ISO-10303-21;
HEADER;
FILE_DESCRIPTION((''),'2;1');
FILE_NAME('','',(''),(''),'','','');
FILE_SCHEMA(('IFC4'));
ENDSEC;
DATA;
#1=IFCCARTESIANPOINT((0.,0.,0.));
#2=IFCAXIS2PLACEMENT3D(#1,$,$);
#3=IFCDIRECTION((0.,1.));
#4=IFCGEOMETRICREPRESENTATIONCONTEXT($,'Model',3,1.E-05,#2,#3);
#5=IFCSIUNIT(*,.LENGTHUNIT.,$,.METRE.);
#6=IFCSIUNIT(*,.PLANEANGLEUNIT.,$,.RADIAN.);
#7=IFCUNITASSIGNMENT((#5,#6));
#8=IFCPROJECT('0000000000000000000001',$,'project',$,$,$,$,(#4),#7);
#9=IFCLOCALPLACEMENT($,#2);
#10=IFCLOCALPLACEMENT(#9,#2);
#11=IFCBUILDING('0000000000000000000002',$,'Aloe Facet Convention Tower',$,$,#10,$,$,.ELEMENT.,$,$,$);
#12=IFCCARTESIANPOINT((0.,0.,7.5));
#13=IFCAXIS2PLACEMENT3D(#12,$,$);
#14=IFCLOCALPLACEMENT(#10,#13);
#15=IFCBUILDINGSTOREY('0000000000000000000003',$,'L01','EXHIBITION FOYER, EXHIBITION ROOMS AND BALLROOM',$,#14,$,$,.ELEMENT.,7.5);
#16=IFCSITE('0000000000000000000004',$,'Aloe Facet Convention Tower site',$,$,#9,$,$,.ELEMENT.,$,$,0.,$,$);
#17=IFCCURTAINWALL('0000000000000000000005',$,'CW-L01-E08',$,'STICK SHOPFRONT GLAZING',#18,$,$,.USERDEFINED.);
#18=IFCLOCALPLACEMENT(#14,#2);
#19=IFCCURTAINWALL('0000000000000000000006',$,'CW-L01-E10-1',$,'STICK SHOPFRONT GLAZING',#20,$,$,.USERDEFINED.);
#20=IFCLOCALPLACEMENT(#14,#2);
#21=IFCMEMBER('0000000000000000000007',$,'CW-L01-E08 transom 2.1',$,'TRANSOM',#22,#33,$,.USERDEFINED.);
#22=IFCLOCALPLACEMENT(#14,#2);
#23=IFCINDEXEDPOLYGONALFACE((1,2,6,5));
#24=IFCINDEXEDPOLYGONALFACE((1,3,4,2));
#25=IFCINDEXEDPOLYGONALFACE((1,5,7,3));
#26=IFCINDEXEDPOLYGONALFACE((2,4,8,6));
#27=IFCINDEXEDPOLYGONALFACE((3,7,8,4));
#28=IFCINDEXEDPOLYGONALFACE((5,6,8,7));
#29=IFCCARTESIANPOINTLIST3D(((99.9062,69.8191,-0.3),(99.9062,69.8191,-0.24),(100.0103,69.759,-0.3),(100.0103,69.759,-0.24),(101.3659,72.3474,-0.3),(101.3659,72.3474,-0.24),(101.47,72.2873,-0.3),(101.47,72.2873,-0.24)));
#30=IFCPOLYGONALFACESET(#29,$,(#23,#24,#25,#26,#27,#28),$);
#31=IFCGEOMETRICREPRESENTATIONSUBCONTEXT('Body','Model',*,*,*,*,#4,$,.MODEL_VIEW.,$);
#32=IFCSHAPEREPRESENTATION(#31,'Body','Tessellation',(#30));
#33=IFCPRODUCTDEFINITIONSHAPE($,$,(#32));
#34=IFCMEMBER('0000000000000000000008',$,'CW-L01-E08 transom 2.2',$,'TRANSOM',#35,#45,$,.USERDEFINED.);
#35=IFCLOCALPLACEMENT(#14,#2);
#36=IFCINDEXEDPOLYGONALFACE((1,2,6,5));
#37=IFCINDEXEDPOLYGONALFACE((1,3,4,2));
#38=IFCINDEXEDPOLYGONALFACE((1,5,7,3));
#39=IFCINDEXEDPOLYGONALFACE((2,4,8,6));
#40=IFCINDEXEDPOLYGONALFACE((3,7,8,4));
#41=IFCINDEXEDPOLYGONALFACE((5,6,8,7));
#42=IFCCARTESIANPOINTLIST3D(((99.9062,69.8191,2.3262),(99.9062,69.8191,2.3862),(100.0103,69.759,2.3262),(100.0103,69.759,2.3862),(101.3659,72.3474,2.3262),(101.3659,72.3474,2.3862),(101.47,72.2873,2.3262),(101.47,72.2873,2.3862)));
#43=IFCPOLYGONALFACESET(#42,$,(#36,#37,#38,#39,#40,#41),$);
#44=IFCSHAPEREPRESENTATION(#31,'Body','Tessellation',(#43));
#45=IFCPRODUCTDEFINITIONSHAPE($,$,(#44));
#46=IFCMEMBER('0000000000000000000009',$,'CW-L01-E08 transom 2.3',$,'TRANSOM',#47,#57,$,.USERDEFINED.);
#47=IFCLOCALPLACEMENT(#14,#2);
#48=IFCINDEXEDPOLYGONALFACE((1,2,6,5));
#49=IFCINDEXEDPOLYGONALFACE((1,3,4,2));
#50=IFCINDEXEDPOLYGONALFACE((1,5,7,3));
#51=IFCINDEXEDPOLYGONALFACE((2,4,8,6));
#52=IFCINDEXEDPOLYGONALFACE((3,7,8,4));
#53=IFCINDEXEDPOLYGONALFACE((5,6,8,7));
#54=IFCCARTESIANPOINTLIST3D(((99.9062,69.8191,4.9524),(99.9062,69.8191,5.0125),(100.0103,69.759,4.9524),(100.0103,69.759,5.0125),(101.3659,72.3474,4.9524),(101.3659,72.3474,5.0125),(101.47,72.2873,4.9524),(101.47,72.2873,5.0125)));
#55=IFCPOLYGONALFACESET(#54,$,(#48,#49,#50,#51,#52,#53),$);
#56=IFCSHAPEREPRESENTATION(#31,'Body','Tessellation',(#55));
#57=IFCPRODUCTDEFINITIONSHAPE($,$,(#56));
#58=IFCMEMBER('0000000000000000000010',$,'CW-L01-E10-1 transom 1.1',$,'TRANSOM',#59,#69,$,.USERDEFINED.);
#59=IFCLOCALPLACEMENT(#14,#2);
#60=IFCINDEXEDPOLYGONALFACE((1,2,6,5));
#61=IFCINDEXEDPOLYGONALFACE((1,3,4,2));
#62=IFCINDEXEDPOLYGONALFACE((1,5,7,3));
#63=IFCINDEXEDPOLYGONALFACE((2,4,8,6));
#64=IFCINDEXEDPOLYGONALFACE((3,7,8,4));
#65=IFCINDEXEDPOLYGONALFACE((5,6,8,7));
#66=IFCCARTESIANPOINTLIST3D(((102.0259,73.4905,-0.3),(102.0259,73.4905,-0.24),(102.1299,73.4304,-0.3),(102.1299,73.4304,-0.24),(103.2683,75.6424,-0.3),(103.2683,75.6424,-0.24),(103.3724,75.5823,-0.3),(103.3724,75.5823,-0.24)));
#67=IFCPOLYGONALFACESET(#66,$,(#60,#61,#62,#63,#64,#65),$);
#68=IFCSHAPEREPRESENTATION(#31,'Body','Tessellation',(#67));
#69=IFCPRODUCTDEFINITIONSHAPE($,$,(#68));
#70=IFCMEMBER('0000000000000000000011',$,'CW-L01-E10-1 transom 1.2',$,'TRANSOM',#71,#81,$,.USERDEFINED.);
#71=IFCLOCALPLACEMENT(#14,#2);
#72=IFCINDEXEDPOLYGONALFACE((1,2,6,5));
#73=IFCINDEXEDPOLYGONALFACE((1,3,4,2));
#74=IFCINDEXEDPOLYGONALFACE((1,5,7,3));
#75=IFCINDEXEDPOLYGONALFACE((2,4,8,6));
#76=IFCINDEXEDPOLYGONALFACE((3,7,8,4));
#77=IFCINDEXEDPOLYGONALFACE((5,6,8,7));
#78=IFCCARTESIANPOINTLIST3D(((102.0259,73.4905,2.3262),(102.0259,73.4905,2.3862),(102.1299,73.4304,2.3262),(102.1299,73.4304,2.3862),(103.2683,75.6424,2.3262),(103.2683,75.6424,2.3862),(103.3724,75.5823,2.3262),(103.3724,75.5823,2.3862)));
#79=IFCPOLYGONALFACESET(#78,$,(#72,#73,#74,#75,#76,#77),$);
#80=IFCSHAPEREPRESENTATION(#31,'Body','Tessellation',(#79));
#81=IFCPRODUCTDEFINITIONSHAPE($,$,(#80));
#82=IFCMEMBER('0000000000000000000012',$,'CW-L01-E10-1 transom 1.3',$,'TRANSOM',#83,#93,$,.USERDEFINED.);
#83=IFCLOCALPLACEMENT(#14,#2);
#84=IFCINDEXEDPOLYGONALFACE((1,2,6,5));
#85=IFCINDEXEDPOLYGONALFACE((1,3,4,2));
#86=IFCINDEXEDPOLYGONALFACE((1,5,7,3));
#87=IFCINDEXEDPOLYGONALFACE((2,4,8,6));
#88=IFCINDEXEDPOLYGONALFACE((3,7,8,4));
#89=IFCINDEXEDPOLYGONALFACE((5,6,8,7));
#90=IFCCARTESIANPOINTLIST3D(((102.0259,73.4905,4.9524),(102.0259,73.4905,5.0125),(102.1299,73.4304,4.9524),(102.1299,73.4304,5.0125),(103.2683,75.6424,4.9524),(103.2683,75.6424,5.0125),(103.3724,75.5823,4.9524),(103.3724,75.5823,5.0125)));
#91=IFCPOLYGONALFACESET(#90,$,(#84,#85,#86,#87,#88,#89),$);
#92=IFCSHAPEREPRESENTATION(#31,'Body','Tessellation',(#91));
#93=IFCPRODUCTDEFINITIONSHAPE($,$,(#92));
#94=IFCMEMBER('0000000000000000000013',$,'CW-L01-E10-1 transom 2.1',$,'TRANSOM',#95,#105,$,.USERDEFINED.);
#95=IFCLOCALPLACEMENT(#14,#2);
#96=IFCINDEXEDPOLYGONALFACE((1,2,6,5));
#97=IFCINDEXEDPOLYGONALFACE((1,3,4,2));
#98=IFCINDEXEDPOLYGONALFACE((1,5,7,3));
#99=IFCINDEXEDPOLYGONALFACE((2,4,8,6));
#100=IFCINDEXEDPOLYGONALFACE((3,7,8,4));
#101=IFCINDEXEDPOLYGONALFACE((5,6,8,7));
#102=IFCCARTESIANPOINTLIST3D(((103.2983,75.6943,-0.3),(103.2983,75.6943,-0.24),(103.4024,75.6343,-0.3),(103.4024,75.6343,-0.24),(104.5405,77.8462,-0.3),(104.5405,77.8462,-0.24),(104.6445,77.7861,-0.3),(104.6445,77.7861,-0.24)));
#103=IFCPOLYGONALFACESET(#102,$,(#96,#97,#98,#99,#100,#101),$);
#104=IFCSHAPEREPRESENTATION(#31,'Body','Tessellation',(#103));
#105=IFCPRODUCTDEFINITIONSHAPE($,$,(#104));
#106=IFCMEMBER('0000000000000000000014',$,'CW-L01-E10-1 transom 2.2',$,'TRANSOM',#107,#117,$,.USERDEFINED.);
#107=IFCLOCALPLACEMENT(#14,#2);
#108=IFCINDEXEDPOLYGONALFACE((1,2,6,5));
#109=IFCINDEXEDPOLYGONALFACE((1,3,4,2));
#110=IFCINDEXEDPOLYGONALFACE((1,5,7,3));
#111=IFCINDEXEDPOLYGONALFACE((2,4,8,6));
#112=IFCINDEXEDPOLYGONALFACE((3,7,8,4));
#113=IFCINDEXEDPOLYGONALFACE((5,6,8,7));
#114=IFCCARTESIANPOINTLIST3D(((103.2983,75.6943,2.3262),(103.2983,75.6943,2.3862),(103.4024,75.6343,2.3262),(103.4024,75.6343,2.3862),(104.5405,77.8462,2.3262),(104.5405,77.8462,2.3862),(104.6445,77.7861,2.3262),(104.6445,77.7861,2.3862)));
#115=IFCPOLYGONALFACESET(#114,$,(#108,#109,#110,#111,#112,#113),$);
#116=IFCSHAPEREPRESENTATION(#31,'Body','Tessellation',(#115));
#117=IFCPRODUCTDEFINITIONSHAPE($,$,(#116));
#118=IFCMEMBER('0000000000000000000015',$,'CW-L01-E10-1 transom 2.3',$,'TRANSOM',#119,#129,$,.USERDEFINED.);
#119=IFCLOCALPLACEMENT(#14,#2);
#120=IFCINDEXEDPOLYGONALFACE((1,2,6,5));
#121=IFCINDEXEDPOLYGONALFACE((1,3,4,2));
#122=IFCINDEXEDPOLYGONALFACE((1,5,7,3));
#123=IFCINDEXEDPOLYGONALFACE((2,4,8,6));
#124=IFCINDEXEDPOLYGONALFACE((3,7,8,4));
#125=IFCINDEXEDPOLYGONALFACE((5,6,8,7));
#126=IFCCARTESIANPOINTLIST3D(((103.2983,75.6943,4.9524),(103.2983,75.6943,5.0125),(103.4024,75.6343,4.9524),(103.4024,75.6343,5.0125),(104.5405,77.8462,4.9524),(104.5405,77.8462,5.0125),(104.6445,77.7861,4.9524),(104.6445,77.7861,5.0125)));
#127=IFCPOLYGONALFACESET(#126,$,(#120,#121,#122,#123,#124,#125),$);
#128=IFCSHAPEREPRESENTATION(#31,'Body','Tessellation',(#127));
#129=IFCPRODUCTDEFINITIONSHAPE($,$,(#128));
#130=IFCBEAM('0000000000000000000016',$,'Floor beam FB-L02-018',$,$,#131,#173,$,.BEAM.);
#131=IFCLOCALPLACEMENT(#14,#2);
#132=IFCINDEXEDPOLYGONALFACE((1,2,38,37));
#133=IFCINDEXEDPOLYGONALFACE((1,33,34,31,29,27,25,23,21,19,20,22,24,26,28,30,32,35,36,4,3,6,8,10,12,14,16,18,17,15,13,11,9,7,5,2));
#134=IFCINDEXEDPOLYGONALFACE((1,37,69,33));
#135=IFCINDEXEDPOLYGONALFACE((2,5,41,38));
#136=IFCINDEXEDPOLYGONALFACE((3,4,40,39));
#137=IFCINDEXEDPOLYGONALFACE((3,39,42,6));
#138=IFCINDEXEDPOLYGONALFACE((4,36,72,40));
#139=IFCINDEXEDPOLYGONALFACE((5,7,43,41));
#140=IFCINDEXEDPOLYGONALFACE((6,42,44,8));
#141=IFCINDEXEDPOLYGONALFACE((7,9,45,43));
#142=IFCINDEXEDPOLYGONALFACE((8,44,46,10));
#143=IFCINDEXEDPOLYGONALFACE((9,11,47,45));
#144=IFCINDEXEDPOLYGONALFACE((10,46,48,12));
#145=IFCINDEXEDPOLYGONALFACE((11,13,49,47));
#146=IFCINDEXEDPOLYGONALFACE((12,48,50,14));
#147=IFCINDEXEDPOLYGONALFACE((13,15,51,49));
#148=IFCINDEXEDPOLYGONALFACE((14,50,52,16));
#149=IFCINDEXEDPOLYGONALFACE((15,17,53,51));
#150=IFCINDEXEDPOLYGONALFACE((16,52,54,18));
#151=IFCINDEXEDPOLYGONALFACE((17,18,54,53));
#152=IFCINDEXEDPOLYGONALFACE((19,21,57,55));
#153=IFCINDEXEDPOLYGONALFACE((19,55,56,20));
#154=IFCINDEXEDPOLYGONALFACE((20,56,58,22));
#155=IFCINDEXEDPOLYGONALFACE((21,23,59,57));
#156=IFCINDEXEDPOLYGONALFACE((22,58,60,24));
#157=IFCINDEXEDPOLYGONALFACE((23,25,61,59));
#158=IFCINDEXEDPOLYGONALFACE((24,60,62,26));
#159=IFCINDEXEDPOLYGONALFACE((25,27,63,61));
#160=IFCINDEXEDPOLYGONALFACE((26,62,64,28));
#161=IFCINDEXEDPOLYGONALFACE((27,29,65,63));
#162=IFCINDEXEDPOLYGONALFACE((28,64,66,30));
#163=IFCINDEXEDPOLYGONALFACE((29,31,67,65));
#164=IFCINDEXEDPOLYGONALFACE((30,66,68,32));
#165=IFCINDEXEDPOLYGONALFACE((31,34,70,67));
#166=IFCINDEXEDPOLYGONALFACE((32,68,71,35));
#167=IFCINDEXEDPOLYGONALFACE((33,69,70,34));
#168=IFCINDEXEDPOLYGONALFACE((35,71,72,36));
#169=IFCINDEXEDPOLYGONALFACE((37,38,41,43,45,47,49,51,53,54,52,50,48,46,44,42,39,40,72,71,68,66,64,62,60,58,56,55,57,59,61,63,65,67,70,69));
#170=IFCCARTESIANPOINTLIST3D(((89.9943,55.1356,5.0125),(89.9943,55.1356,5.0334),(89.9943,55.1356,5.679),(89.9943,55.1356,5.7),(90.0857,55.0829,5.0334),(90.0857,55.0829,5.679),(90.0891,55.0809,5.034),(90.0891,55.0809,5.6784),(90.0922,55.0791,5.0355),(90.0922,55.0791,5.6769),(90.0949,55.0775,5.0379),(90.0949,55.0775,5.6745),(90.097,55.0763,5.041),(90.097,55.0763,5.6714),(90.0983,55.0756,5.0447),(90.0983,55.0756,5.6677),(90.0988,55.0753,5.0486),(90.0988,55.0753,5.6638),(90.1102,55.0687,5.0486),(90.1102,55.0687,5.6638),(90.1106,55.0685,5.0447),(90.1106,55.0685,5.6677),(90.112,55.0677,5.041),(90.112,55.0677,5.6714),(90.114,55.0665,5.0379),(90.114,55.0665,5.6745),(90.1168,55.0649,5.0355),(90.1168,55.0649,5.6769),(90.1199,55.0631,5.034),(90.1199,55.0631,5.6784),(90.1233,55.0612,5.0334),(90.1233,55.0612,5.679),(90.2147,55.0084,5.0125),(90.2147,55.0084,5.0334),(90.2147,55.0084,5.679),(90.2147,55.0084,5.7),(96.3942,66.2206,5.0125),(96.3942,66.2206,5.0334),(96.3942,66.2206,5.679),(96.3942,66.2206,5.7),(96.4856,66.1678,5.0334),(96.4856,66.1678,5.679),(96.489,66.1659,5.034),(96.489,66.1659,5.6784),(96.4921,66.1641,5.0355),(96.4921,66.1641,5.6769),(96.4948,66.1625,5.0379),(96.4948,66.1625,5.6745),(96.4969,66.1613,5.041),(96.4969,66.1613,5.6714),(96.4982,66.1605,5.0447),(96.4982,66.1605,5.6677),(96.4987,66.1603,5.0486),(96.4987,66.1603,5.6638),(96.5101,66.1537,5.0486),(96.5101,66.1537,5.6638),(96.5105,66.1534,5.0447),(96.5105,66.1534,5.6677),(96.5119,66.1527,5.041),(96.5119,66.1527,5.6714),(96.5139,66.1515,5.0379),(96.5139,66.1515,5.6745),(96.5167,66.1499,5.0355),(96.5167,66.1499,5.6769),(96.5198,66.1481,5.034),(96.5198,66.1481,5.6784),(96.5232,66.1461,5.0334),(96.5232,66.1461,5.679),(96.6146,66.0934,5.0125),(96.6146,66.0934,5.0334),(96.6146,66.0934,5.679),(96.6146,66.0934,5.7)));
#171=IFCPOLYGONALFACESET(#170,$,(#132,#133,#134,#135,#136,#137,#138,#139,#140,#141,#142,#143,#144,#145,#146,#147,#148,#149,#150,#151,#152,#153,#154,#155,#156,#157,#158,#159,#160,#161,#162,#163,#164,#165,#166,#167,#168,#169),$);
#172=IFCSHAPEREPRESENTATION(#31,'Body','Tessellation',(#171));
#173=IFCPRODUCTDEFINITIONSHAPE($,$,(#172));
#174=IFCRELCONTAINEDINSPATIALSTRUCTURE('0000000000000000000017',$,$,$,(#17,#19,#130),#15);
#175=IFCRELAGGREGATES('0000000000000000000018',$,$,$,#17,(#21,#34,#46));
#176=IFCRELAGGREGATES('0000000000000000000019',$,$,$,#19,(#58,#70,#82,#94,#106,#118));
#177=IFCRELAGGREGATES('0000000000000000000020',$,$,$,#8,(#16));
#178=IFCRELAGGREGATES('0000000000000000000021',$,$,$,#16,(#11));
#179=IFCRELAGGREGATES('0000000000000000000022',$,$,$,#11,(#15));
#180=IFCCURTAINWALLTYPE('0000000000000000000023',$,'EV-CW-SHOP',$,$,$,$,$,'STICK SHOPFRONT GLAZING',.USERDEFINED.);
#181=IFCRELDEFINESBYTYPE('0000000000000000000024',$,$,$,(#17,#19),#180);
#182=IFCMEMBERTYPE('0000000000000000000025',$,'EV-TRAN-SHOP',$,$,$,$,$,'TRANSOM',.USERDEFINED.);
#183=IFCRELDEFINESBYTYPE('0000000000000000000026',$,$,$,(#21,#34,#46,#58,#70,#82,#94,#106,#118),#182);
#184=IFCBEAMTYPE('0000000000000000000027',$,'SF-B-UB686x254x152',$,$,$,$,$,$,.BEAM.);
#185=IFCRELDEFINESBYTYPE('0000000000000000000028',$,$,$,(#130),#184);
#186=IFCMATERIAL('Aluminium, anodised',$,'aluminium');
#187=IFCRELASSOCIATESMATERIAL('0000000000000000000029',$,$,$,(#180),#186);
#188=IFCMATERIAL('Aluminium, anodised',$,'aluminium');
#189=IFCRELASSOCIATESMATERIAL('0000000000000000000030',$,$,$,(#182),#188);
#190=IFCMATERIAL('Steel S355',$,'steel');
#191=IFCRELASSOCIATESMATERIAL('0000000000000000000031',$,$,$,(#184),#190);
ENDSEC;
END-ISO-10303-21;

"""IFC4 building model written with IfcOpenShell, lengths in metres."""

from ifc_helpers import new_model, si_unit, direction, frame, origin, origin_2d, place, context, subcontext, project, spatial, rectangle, i_section, extrude, material, material_profile, profile_set, type_object, element, aggregate, save


model = new_model("IFC4")

# Units and contexts
model_context = context("Model", 3, precision=1e-05, world=origin(), true_north=direction((0.0, 1.0)))
body_context = subcontext(model_context, "Body", "Model", "MODEL_VIEW")
ifc_project = project(units=[si_unit("LENGTHUNIT", "METRE"), si_unit("PLANEANGLEUNIT", "RADIAN")], contexts=[model_context])

# Site, building, storey
site_placement = place(None, origin())
site = spatial("IfcSite", under=ifc_project, at=site_placement, Name="Aloe Facet Convention Tower site", CompositionType="ELEMENT", RefElevation=0.0)
building_placement = place(site_placement, origin())
building = spatial("IfcBuilding", under=site, at=building_placement, Name="Aloe Facet Convention Tower", CompositionType="ELEMENT")
storey_placement = place(building_placement, frame((0.0, 0.0, 7.5)))
storey = spatial("IfcBuildingStorey", under=building, at=storey_placement, Name="L01", Description="EXHIBITION FOYER, EXHIBITION ROOMS AND BALLROOM", CompositionType="ELEMENT", Elevation=7.5)

# Shared definitions
ifc_material_1 = material(Name="Aluminium, anodised", Category="aluminium")
curtain_wall_type = type_object("IfcCurtainWallType", Name="EV-CW-SHOP", ElementType="STICK SHOPFRONT GLAZING", PredefinedType="USERDEFINED", material=ifc_material_1)

# Curtain walls
curtain_wall_1_placement = place(storey_placement, origin())
curtain_wall_1 = element("IfcCurtainWall", 1, at=curtain_wall_1_placement, inside=storey, type_object=curtain_wall_type, Name="CW-L01-E08", ObjectType="STICK SHOPFRONT GLAZING", PredefinedType="USERDEFINED")
curtain_wall_2_placement = place(storey_placement, origin())
curtain_wall_2 = element("IfcCurtainWall", 2, at=curtain_wall_2_placement, inside=storey, type_object=curtain_wall_type, Name="CW-L01-E10-1", ObjectType="STICK SHOPFRONT GLAZING", PredefinedType="USERDEFINED")

# Members
ifc_material_2 = material(Name="Aluminium, anodised", Category="aluminium")
ifc_material_profile_1 = material_profile(ifc_material_2, rectangle(XDim=0.1201, YDim=0.0601, at=origin_2d()), Name="AL 120x60")
ifc_profile_set_1 = profile_set([ifc_material_profile_1], Name="Aluminium, anodised")
member_type_1 = type_object("IfcMemberType", Name="EV-TRAN-SHOP", ElementType="TRANSOM", PredefinedType="USERDEFINED", material=ifc_profile_set_1)
member_1_placement = place(storey_placement, frame((99.9583, 69.7891, -0.27), z_axis=(0.499998, 0.866027, 0.0), x_axis=(-0.866027, 0.499998, 0.0)))
member_1 = element("IfcMember", 3, at=member_1_placement, type_object=member_type_1, Name="CW-L01-E08 transom 2.1", ObjectType="TRANSOM", PredefinedType="USERDEFINED", context=body_context, shape_type="SweptSolid", body=[
    extrude(rectangle(XDim=0.1201, YDim=0.0601, at=origin_2d()), origin(), (0.0, 0.0, 1.0), 2.9194),
])
member_2_placement = place(storey_placement, frame((99.9583, 69.7891, 2.3562), z_axis=(0.499998, 0.866027, 0.0), x_axis=(-0.866027, 0.499998, 0.0)))
member_2 = element("IfcMember", 4, at=member_2_placement, type_object=member_type_1, Name="CW-L01-E08 transom 2.2", ObjectType="TRANSOM", PredefinedType="USERDEFINED", context=body_context, shape_type="SweptSolid", body=[
    extrude(rectangle(XDim=0.1201, YDim=0.0601, at=origin_2d()), origin(), (0.0, 0.0, 1.0), 2.9194),
])
member_3_placement = place(storey_placement, frame((99.9583, 69.7891, 4.9824), z_axis=(0.499998, 0.866027, 0.0), x_axis=(-0.866027, 0.499998, 0.0)))
member_3 = element("IfcMember", 5, at=member_3_placement, type_object=member_type_1, Name="CW-L01-E08 transom 2.3", ObjectType="TRANSOM", PredefinedType="USERDEFINED", context=body_context, shape_type="SweptSolid", body=[
    extrude(rectangle(XDim=0.1201, YDim=0.0601, at=origin_2d()), origin(), (0.0, 0.0, 1.0), 2.9194),
])
member_4_placement = place(storey_placement, frame((102.0779, 73.4604, -0.27), z_axis=(0.500017, 0.866015, 0.0), x_axis=(-0.866015, 0.500017, 0.0)))
member_4 = element("IfcMember", 6, at=member_4_placement, type_object=member_type_1, Name="CW-L01-E10-1 transom 1.1", ObjectType="TRANSOM", PredefinedType="USERDEFINED", context=body_context, shape_type="SweptSolid", body=[
    extrude(rectangle(XDim=0.1201, YDim=0.0601, at=origin_2d()), origin(), (0.0, 0.0, 1.0), 2.4849),
])
member_5_placement = place(storey_placement, frame((102.0779, 73.4604, 2.3562), z_axis=(0.500017, 0.866015, 0.0), x_axis=(-0.866015, 0.500017, 0.0)))
member_5 = element("IfcMember", 7, at=member_5_placement, type_object=member_type_1, Name="CW-L01-E10-1 transom 1.2", ObjectType="TRANSOM", PredefinedType="USERDEFINED", context=body_context, shape_type="SweptSolid", body=[
    extrude(rectangle(XDim=0.1201, YDim=0.0601, at=origin_2d()), origin(), (0.0, 0.0, 1.0), 2.4849),
])
member_6_placement = place(storey_placement, frame((102.0779, 73.4604, 4.9824), z_axis=(0.500017, 0.866015, 0.0), x_axis=(-0.866015, 0.500017, 0.0)))
member_6 = element("IfcMember", 8, at=member_6_placement, type_object=member_type_1, Name="CW-L01-E10-1 transom 1.3", ObjectType="TRANSOM", PredefinedType="USERDEFINED", context=body_context, shape_type="SweptSolid", body=[
    extrude(rectangle(XDim=0.1201, YDim=0.0601, at=origin_2d()), origin(), (0.0, 0.0, 1.0), 2.4849),
])
member_7_placement = place(storey_placement, frame((103.3503, 75.6643, -0.27), z_axis=(0.499944, 0.866058, 0.0), x_axis=(-0.866058, 0.499944, 0.0)))
member_7 = element("IfcMember", 9, at=member_7_placement, type_object=member_type_1, Name="CW-L01-E10-1 transom 2.1", ObjectType="TRANSOM", PredefinedType="USERDEFINED", context=body_context, shape_type="SweptSolid", body=[
    extrude(rectangle(XDim=0.1201, YDim=0.0601, at=origin_2d()), origin(), (0.0, 0.0, 1.0), 2.4846),
])
member_8_placement = place(storey_placement, frame((103.3503, 75.6643, 2.3562), z_axis=(0.499944, 0.866058, 0.0), x_axis=(-0.866058, 0.499944, 0.0)))
member_8 = element("IfcMember", 10, at=member_8_placement, type_object=member_type_1, Name="CW-L01-E10-1 transom 2.2", ObjectType="TRANSOM", PredefinedType="USERDEFINED", context=body_context, shape_type="SweptSolid", body=[
    extrude(rectangle(XDim=0.1201, YDim=0.0601, at=origin_2d()), origin(), (0.0, 0.0, 1.0), 2.4846),
])
member_9_placement = place(storey_placement, frame((103.3503, 75.6643, 4.9824), z_axis=(0.499944, 0.866058, 0.0), x_axis=(-0.866058, 0.499944, 0.0)))
member_9 = element("IfcMember", 11, at=member_9_placement, type_object=member_type_1, Name="CW-L01-E10-1 transom 2.3", ObjectType="TRANSOM", PredefinedType="USERDEFINED", context=body_context, shape_type="SweptSolid", body=[
    extrude(rectangle(XDim=0.1201, YDim=0.0601, at=origin_2d()), origin(), (0.0, 0.0, 1.0), 2.4846),
])

# Beam
ifc_material_3 = material(Name="Steel S355", Category="steel")
ifc_material_profile_2 = material_profile(ifc_material_3, i_section(OverallWidth=0.2544, OverallDepth=0.6875, WebThickness=0.0132, FlangeThickness=0.021, FilletRadius=0.0151, at=origin_2d()), Name="UB 686x254x152")
ifc_profile_set_2 = profile_set([ifc_material_profile_2], Name="Steel S355")
beam_type_1 = type_object("IfcBeamType", Name="SF-B-UB686x254x152", PredefinedType="BEAM", material=ifc_profile_set_2)
beam_1_placement = place(storey_placement, frame((96.5044, 66.157, 5.3562), z_axis=(-0.5, -0.866025, 0.0), x_axis=(0.866025, -0.5, 0.0)))
element("IfcBeam", 12, at=beam_1_placement, inside=storey, type_object=beam_type_1, Name="Floor beam FB-L02-018", PredefinedType="BEAM", context=body_context, shape_type="SweptSolid", body=[
    extrude(i_section(OverallWidth=0.2544, OverallDepth=0.6875, WebThickness=0.0132, FlangeThickness=0.021, FilletRadius=0.0151, at=origin_2d()), origin(), (0.0, 0.0, 1.0), 12.7998),
])

aggregate(curtain_wall_1, [member_1, member_2, member_3])
aggregate(curtain_wall_2, [member_4, member_5, member_6, member_7, member_8, member_9])

save(model, "model.ifc")
